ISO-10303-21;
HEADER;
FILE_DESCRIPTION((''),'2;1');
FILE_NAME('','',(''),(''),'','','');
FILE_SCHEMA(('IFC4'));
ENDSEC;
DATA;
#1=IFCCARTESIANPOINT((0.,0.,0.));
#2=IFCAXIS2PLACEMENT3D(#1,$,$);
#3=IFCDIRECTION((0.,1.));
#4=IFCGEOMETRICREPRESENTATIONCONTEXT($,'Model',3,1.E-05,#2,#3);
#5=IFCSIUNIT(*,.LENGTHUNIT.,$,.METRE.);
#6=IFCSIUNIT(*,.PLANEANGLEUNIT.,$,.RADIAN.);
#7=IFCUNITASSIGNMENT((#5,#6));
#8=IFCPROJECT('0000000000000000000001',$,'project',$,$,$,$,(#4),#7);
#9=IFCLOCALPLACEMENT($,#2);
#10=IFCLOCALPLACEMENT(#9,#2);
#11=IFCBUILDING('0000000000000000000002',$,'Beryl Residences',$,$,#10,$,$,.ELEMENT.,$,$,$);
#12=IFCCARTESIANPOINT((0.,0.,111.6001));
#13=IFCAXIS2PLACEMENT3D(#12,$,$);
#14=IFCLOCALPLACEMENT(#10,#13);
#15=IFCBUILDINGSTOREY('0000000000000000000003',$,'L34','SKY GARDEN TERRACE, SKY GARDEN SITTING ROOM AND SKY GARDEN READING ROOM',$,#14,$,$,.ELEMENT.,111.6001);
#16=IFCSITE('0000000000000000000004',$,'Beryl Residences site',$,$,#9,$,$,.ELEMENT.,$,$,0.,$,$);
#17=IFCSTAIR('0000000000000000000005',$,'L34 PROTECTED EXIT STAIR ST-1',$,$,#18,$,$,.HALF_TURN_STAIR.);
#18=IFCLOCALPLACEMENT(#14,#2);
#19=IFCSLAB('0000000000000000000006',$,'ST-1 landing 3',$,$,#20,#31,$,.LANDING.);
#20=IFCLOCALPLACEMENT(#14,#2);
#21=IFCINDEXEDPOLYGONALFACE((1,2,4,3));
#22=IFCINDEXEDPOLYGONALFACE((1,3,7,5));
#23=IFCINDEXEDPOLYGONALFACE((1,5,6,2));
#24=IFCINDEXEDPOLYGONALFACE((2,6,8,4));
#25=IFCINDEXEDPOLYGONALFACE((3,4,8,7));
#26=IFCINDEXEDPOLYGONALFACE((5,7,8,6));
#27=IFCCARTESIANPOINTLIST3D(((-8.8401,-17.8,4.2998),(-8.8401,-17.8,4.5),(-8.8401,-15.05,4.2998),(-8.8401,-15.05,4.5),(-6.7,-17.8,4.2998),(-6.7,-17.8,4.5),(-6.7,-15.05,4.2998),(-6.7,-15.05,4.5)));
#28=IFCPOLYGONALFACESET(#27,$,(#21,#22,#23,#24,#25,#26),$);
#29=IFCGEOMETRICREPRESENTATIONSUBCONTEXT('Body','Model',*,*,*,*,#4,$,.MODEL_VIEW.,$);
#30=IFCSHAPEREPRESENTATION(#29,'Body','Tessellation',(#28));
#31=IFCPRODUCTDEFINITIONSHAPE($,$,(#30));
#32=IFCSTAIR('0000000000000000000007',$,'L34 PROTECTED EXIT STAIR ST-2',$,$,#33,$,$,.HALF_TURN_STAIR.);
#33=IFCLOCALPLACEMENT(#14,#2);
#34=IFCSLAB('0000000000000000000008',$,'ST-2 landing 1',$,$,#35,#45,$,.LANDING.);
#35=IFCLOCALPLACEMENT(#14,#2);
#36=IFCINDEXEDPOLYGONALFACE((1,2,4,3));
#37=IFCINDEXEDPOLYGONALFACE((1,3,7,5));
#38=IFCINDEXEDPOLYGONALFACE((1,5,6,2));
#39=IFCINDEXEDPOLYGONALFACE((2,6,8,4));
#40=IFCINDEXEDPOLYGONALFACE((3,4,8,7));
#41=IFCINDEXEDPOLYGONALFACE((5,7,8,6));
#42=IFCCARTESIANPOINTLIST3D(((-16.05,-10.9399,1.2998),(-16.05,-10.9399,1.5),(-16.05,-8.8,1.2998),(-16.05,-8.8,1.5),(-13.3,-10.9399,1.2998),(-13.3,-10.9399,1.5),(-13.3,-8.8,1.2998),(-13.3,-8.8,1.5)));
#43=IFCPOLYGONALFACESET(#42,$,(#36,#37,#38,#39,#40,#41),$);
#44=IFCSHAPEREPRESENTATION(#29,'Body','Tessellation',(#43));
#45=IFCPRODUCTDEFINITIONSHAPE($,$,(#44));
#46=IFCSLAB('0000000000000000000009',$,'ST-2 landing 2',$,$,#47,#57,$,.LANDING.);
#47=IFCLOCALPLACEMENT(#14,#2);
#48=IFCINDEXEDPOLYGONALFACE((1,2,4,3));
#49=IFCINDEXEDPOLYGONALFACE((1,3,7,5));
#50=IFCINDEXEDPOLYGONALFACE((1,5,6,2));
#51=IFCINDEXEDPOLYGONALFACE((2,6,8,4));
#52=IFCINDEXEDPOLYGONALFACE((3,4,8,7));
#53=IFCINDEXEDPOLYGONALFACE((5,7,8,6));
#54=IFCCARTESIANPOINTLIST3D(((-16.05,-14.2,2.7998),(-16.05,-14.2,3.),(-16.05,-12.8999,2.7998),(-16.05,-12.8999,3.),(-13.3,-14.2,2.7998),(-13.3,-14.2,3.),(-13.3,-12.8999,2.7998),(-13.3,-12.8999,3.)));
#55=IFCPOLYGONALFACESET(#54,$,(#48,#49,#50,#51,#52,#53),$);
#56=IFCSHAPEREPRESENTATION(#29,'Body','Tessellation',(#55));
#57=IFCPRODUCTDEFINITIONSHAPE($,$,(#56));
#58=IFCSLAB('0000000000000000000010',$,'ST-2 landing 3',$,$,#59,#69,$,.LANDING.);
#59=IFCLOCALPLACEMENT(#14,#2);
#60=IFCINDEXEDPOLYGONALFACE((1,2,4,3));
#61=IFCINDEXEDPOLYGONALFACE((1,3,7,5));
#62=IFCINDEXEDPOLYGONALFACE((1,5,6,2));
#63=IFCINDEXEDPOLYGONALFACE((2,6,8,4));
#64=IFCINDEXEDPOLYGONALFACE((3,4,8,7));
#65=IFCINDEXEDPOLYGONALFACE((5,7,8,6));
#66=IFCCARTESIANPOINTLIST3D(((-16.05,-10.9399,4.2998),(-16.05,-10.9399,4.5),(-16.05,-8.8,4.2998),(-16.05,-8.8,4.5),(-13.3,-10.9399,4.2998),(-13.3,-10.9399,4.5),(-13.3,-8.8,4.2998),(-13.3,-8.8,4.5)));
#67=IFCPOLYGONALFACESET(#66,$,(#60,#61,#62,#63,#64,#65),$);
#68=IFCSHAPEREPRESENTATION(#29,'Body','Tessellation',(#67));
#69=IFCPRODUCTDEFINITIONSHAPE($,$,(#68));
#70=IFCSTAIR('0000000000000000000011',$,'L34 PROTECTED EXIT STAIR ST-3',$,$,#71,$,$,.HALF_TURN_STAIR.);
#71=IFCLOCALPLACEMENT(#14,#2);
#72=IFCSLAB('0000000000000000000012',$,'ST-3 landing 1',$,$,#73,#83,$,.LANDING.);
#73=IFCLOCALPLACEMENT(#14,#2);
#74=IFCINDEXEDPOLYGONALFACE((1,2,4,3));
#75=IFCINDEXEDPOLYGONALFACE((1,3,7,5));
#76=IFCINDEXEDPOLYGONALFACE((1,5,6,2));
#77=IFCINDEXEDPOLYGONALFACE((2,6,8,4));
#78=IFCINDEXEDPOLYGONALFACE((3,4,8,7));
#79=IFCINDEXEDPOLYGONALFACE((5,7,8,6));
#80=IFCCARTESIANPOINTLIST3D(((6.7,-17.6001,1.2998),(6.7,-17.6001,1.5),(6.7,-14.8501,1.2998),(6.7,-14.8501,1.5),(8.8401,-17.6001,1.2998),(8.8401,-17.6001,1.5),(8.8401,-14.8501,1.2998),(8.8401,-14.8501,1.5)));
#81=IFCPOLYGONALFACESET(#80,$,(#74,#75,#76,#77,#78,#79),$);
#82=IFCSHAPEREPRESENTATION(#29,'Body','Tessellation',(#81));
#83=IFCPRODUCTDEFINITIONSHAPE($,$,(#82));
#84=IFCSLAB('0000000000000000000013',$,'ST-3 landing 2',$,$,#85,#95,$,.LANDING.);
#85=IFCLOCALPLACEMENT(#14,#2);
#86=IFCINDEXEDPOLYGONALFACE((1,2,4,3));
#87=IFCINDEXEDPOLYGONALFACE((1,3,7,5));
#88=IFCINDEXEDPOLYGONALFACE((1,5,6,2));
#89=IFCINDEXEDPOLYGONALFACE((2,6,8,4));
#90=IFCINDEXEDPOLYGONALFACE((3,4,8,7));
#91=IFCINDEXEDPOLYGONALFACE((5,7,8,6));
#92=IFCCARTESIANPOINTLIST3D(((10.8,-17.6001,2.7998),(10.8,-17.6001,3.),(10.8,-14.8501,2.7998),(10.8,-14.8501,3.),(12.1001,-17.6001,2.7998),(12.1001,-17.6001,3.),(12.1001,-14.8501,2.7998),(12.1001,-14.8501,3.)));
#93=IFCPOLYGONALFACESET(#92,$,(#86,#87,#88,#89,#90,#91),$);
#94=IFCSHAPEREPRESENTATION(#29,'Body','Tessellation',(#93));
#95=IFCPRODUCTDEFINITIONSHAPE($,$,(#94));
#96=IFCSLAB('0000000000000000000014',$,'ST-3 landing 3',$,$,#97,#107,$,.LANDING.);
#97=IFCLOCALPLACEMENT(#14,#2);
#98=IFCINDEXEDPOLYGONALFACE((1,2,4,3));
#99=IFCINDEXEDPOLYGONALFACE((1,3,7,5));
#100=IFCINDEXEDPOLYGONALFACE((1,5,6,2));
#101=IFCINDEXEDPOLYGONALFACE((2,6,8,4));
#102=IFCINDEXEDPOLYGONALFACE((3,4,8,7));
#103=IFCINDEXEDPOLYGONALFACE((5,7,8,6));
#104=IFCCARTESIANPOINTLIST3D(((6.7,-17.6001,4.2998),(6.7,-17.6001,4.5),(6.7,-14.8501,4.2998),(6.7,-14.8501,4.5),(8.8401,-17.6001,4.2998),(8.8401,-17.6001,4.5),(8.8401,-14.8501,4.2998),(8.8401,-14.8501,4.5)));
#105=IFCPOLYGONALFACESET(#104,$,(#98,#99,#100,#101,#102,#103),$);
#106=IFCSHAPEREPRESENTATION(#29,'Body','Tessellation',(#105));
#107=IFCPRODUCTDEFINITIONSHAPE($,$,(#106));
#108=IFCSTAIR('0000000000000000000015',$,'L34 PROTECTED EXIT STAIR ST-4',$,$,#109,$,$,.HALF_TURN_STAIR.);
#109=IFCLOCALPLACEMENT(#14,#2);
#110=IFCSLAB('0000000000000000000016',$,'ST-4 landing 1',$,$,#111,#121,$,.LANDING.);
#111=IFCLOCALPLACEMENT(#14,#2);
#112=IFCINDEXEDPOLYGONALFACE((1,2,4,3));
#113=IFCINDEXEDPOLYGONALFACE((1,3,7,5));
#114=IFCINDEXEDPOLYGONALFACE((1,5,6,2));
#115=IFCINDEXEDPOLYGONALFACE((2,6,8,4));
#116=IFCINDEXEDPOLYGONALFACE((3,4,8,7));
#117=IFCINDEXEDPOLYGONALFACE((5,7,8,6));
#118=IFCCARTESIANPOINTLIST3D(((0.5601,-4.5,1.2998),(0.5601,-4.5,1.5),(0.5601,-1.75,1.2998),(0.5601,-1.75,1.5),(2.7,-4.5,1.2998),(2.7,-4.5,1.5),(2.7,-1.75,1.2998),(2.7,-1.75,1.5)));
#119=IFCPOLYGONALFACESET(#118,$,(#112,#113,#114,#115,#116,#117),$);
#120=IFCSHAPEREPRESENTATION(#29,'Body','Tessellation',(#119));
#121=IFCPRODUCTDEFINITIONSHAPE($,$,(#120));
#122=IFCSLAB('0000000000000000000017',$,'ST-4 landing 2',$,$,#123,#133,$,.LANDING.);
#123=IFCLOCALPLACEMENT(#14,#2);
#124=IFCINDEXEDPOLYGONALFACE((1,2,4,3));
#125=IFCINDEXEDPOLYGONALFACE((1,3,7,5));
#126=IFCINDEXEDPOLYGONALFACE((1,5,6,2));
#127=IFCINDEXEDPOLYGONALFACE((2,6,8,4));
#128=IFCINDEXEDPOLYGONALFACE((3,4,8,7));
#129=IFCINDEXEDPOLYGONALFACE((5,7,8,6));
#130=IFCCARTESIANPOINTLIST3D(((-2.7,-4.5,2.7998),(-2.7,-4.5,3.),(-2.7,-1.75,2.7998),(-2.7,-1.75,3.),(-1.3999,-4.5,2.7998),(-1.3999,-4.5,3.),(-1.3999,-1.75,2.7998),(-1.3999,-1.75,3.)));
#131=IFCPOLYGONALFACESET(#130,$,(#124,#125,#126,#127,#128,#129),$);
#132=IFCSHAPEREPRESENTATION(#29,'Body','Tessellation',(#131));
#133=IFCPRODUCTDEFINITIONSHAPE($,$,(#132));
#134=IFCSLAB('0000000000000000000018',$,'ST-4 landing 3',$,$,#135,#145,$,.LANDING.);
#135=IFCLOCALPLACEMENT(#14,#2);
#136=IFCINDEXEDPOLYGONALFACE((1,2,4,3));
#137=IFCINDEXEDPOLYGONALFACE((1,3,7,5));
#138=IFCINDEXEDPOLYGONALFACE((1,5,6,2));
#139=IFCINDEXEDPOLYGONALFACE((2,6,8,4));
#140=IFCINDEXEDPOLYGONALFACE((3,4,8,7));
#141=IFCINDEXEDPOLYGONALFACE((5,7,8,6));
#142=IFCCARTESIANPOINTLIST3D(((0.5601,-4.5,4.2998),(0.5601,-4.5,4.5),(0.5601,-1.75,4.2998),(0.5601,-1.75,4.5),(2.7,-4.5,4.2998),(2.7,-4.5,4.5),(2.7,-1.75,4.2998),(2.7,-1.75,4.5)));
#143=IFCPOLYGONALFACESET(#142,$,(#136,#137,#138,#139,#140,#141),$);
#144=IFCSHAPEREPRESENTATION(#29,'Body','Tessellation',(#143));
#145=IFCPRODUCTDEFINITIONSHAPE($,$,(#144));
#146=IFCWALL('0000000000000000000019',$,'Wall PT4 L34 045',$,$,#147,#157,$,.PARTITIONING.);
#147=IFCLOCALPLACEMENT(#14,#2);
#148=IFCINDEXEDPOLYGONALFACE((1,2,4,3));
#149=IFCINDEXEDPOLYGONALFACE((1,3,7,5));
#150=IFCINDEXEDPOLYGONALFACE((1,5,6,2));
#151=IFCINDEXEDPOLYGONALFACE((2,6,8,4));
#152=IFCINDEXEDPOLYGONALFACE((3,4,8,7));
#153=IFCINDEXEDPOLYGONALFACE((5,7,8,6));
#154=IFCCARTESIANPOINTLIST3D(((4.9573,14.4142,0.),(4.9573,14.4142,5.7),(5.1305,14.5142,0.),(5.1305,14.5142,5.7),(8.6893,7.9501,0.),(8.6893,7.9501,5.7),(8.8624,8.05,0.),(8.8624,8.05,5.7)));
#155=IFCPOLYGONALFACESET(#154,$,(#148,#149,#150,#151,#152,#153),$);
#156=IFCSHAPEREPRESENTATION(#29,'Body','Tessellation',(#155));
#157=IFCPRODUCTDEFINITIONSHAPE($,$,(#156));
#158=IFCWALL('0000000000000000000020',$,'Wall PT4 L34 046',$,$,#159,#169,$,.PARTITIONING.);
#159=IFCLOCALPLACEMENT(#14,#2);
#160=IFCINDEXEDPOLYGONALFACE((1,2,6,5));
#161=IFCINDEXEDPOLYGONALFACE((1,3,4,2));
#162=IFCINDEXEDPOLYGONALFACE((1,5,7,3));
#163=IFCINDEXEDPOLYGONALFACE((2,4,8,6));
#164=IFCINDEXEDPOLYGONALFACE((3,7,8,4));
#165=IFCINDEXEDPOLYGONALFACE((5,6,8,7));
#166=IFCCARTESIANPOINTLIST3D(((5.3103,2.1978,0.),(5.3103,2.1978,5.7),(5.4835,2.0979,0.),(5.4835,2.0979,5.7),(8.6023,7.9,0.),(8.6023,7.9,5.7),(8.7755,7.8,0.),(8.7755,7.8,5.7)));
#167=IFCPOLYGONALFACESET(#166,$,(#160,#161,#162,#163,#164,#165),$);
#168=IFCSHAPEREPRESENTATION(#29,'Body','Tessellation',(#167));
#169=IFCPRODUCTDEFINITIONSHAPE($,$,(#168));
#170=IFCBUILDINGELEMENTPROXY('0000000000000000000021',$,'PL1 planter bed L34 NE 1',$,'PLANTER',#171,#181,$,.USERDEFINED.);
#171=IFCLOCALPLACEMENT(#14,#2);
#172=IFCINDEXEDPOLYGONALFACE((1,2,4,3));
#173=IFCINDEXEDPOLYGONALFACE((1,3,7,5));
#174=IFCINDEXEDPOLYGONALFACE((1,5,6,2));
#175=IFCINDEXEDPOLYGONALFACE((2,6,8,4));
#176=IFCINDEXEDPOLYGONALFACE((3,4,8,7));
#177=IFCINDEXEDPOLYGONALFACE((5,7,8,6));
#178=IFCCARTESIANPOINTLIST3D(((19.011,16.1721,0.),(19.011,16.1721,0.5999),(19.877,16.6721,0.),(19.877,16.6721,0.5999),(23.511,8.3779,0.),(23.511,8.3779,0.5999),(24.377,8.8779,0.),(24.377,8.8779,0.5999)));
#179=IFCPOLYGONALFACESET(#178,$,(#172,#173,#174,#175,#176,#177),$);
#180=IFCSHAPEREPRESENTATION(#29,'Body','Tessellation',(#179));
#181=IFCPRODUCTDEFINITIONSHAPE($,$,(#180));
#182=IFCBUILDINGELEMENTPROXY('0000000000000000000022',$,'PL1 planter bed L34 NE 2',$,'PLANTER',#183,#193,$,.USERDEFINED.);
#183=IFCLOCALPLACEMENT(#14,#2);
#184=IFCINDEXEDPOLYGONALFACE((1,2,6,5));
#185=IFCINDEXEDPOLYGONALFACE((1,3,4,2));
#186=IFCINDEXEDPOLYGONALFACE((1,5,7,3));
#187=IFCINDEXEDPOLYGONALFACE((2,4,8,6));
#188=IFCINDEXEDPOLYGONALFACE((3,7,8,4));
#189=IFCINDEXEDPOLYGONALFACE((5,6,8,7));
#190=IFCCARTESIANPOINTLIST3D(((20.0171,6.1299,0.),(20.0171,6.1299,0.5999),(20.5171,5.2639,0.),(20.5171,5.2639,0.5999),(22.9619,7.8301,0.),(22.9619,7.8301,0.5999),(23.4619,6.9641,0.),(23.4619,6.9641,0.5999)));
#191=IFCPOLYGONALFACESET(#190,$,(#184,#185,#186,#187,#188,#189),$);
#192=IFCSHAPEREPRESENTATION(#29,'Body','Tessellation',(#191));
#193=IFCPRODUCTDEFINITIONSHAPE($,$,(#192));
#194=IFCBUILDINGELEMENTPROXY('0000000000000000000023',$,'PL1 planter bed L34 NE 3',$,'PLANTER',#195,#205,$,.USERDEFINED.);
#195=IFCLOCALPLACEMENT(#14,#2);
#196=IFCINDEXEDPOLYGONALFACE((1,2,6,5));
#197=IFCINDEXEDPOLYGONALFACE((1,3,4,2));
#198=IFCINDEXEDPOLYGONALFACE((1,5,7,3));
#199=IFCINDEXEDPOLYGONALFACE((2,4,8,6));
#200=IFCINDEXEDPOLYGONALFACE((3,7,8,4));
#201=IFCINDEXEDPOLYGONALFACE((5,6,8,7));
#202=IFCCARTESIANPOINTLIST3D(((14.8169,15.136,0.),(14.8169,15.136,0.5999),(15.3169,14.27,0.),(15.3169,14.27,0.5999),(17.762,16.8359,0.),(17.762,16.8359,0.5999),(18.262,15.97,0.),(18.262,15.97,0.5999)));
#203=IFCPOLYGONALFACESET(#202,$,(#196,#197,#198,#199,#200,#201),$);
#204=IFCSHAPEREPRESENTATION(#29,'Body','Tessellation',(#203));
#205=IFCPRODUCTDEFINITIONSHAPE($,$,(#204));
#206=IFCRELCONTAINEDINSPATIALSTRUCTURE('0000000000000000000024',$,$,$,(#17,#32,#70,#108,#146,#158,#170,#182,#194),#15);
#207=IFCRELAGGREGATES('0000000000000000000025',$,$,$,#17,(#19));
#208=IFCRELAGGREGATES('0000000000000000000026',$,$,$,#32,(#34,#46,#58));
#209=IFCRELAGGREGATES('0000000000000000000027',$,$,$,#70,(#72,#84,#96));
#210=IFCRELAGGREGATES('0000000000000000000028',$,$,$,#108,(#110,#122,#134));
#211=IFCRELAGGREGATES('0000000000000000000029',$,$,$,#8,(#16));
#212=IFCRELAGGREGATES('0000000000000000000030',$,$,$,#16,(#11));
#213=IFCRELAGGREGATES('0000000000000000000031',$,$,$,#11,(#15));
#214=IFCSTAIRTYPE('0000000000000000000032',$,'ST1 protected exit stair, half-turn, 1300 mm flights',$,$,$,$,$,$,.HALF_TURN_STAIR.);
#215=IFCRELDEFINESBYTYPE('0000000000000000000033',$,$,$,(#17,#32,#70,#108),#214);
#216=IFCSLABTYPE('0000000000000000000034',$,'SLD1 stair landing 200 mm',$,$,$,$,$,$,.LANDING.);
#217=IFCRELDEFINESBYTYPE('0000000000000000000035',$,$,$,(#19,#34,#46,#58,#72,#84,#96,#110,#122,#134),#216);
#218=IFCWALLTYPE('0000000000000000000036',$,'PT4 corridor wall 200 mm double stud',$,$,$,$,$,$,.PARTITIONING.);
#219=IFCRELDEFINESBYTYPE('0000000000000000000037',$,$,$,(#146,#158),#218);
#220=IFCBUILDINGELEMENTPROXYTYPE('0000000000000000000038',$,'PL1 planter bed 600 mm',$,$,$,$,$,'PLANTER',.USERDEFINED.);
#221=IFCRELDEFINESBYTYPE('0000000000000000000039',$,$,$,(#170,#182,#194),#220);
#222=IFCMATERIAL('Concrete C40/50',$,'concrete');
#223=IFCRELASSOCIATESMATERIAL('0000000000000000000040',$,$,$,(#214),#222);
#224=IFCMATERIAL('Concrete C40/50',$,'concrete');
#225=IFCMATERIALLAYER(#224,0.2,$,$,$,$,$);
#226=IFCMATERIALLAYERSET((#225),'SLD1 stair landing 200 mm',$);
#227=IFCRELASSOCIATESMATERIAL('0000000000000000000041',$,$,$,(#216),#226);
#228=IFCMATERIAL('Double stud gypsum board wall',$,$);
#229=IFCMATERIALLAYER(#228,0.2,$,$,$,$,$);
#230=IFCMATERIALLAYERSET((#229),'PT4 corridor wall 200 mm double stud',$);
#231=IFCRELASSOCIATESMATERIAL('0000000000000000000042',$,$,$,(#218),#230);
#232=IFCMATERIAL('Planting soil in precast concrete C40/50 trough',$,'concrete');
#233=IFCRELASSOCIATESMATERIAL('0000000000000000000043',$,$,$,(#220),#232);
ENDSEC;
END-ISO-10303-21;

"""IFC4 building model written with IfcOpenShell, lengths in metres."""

from ifc_helpers import new_model, si_unit, direction, frame, frame_2d, origin, place, context, subcontext, project, spatial, polyline, rectangle, outline, extrude, material, layer, layer_set, type_object, element, aggregate, save


model = new_model("IFC4")

# Units and contexts
model_context = context("Model", 3, precision=1e-05, world=origin(), true_north=direction((0.0, 1.0)))
body_context = subcontext(model_context, "Body", "Model", "MODEL_VIEW")
ifc_project = project(units=[si_unit("LENGTHUNIT", "METRE"), si_unit("PLANEANGLEUNIT", "RADIAN")], contexts=[model_context])

# Site, building, storey
site_placement = place(None, origin())
site = spatial("IfcSite", under=ifc_project, at=site_placement, Name="Beryl Residences site", CompositionType="ELEMENT", RefElevation=0.0)
building_placement = place(site_placement, origin())
building = spatial("IfcBuilding", under=site, at=building_placement, Name="Beryl Residences", CompositionType="ELEMENT")
storey_placement = place(building_placement, frame((0.0, 0.0, 111.6001)))
storey = spatial("IfcBuildingStorey", under=building, at=storey_placement, Name="L34", Description="SKY GARDEN TERRACE, SKY GARDEN SITTING ROOM AND SKY GARDEN READING ROOM", CompositionType="ELEMENT", Elevation=111.6001)

# Stairs, slabs
ifc_material_1 = material(Name="Concrete C40/50", Category="concrete")
stair_type = type_object("IfcStairType", Name="ST1 protected exit stair, half-turn, 1300 mm flights", PredefinedType="HALF_TURN_STAIR", material=ifc_material_1)
stair_1_placement = place(storey_placement, origin())
stair_1 = element("IfcStair", 1, at=stair_1_placement, inside=storey, type_object=stair_type, Name="L34 PROTECTED EXIT STAIR ST-1", PredefinedType="HALF_TURN_STAIR")
ifc_material_2 = material(Name="Concrete C40/50", Category="concrete")
ifc_layer_1 = layer(ifc_material_2, 0.2)
ifc_layer_set_1 = layer_set([ifc_layer_1], Name="SLD1 stair landing 200 mm")
slab_type = type_object("IfcSlabType", Name="SLD1 stair landing 200 mm", PredefinedType="LANDING", material=ifc_layer_set_1)
slab_1_placement = place(storey_placement, frame((0.0, 0.0, 4.2998)))
slab_1 = element("IfcSlab", 2, at=slab_1_placement, type_object=slab_type, Name="ST-1 landing 3", PredefinedType="LANDING", context=body_context, shape_type="SweptSolid", body=[
    extrude(outline(polyline([(-8.8401, -17.8), (-6.7, -17.8), (-6.7, -15.05), (-8.8401, -15.05), (-8.8401, -17.8)])), origin(), (0.0, 0.0, 1.0), 0.2002),
])
aggregate(stair_1, [slab_1])
stair_2_placement = place(storey_placement, origin())
stair_2 = element("IfcStair", 3, at=stair_2_placement, inside=storey, type_object=stair_type, Name="L34 PROTECTED EXIT STAIR ST-2", PredefinedType="HALF_TURN_STAIR")
slab_2_placement = place(storey_placement, frame((0.0, 0.0, 1.2998)))
slab_2 = element("IfcSlab", 4, at=slab_2_placement, type_object=slab_type, Name="ST-2 landing 1", PredefinedType="LANDING", context=body_context, shape_type="SweptSolid", body=[
    extrude(outline(polyline([(-13.3, -10.9399), (-13.3, -8.8), (-16.05, -8.8), (-16.05, -10.9399), (-13.3, -10.9399)])), origin(), (0.0, 0.0, 1.0), 0.2002),
])
slab_3_placement = place(storey_placement, frame((0.0, 0.0, 2.7998)))
slab_3 = element("IfcSlab", 5, at=slab_3_placement, type_object=slab_type, Name="ST-2 landing 2", PredefinedType="LANDING", context=body_context, shape_type="SweptSolid", body=[
    extrude(outline(polyline([(-13.3, -14.2), (-13.3, -12.8999), (-16.05, -12.8999), (-16.05, -14.2), (-13.3, -14.2)])), origin(), (0.0, 0.0, 1.0), 0.2002),
])
slab_4_placement = place(storey_placement, frame((0.0, 0.0, 4.2998)))
slab_4 = element("IfcSlab", 6, at=slab_4_placement, type_object=slab_type, Name="ST-2 landing 3", PredefinedType="LANDING", context=body_context, shape_type="SweptSolid", body=[
    extrude(outline(polyline([(-13.3, -10.9399), (-13.3, -8.8), (-16.05, -8.8), (-16.05, -10.9399), (-13.3, -10.9399)])), origin(), (0.0, 0.0, 1.0), 0.2002),
])
aggregate(stair_2, [slab_2, slab_3, slab_4])
stair_3_placement = place(storey_placement, origin())
stair_3 = element("IfcStair", 7, at=stair_3_placement, inside=storey, type_object=stair_type, Name="L34 PROTECTED EXIT STAIR ST-3", PredefinedType="HALF_TURN_STAIR")
slab_5_placement = place(storey_placement, frame((0.0, 0.0, 1.2998)))
slab_5 = element("IfcSlab", 8, at=slab_5_placement, type_object=slab_type, Name="ST-3 landing 1", PredefinedType="LANDING", context=body_context, shape_type="SweptSolid", body=[
    extrude(outline(polyline([(8.8401, -14.8501), (6.7, -14.8501), (6.7, -17.6001), (8.8401, -17.6001), (8.8401, -14.8501)])), origin(), (0.0, 0.0, 1.0), 0.2002),
])
slab_6_placement = place(storey_placement, frame((0.0, 0.0, 2.7998)))
slab_6 = element("IfcSlab", 9, at=slab_6_placement, type_object=slab_type, Name="ST-3 landing 2", PredefinedType="LANDING", context=body_context, shape_type="SweptSolid", body=[
    extrude(outline(polyline([(12.1001, -14.8501), (10.8, -14.8501), (10.8, -17.6001), (12.1001, -17.6001), (12.1001, -14.8501)])), origin(), (0.0, 0.0, 1.0), 0.2002),
])
slab_7_placement = place(storey_placement, frame((0.0, 0.0, 4.2998)))
slab_7 = element("IfcSlab", 10, at=slab_7_placement, type_object=slab_type, Name="ST-3 landing 3", PredefinedType="LANDING", context=body_context, shape_type="SweptSolid", body=[
    extrude(outline(polyline([(8.8401, -14.8501), (6.7, -14.8501), (6.7, -17.6001), (8.8401, -17.6001), (8.8401, -14.8501)])), origin(), (0.0, 0.0, 1.0), 0.2002),
])
aggregate(stair_3, [slab_5, slab_6, slab_7])
stair_4_placement = place(storey_placement, origin())
stair_4 = element("IfcStair", 11, at=stair_4_placement, inside=storey, type_object=stair_type, Name="L34 PROTECTED EXIT STAIR ST-4", PredefinedType="HALF_TURN_STAIR")
slab_8_placement = place(storey_placement, frame((0.0, 0.0, 1.2998)))
slab_8 = element("IfcSlab", 12, at=slab_8_placement, type_object=slab_type, Name="ST-4 landing 1", PredefinedType="LANDING", context=body_context, shape_type="SweptSolid", body=[
    extrude(outline(polyline([(0.5601, -4.5), (2.7, -4.5), (2.7, -1.75), (0.5601, -1.75), (0.5601, -4.5)])), origin(), (0.0, 0.0, 1.0), 0.2002),
])
slab_9_placement = place(storey_placement, frame((0.0, 0.0, 2.7998)))
slab_9 = element("IfcSlab", 13, at=slab_9_placement, type_object=slab_type, Name="ST-4 landing 2", PredefinedType="LANDING", context=body_context, shape_type="SweptSolid", body=[
    extrude(outline(polyline([(-2.7, -4.5), (-1.3999, -4.5), (-1.3999, -1.75), (-2.7, -1.75), (-2.7, -4.5)])), origin(), (0.0, 0.0, 1.0), 0.2002),
])
slab_10_placement = place(storey_placement, frame((0.0, 0.0, 4.2998)))
slab_10 = element("IfcSlab", 14, at=slab_10_placement, type_object=slab_type, Name="ST-4 landing 3", PredefinedType="LANDING", context=body_context, shape_type="SweptSolid", body=[
    extrude(outline(polyline([(0.5601, -4.5), (2.7, -4.5), (2.7, -1.75), (0.5601, -1.75), (0.5601, -4.5)])), origin(), (0.0, 0.0, 1.0), 0.2002),
])
aggregate(stair_4, [slab_8, slab_9, slab_10])

# Walls
ifc_material_3 = material(Name="Double stud gypsum board wall")
ifc_layer_2 = layer(ifc_material_3, 0.2)
ifc_layer_set_2 = layer_set([ifc_layer_2], Name="PT4 corridor wall 200 mm double stud")
wall_type = type_object("IfcWallType", Name="PT4 corridor wall 200 mm double stud", PredefinedType="PARTITIONING", material=ifc_layer_set_2)
wall_1_placement = place(storey_placement, frame((5.0439, 14.4641, 0.0), z_axis=(0.0, 0.0, 1.0), x_axis=(0.499988, -0.866033, 0.0)))
element("IfcWall", 15, at=wall_1_placement, inside=storey, type_object=wall_type, Name="Wall PT4 L34 045", PredefinedType="PARTITIONING", context=body_context, shape_type="SweptSolid", body=[
    extrude(rectangle(XDim=7.4641, YDim=0.2, at=frame_2d((3.7319, 0.0))), origin(), (0.0, 0.0, 1.0), 5.7),
])
wall_2_placement = place(storey_placement, frame((5.397, 2.1479, 0.0), z_axis=(0.0, 0.0, 1.0), x_axis=(0.499984, 0.866035, 0.0)))
element("IfcWall", 16, at=wall_2_placement, inside=storey, type_object=wall_type, Name="Wall PT4 L34 046", PredefinedType="PARTITIONING", context=body_context, shape_type="SweptSolid", body=[
    extrude(rectangle(XDim=6.5842, YDim=0.2, at=frame_2d((3.292, 0.0))), origin(), (0.0, 0.0, 1.0), 5.7),
])

# Building element proxies
ifc_material_4 = material(Name="Planting soil in precast concrete C40/50 trough", Category="concrete")
building_element_proxy_type_1 = type_object("IfcBuildingElementProxyType", Name="PL1 planter bed 600 mm", ElementType="PLANTER", PredefinedType="USERDEFINED", material=ifc_material_4)
proxy_1_placement = place(storey_placement, origin())
element("IfcBuildingElementProxy", 17, at=proxy_1_placement, inside=storey, type_object=building_element_proxy_type_1, Name="PL1 planter bed L34 NE 1", ObjectType="PLANTER", PredefinedType="USERDEFINED", context=body_context, shape_type="SweptSolid", body=[
    extrude(outline(polyline([(24.377, 8.8779), (19.877, 16.6721), (19.011, 16.1721), (23.511, 8.3779), (24.377, 8.8779)])), origin(), (0.0, 0.0, 1.0), 0.5999),
])
proxy_2_placement = place(storey_placement, origin())
element("IfcBuildingElementProxy", 18, at=proxy_2_placement, inside=storey, type_object=building_element_proxy_type_1, Name="PL1 planter bed L34 NE 2", ObjectType="PLANTER", PredefinedType="USERDEFINED", context=body_context, shape_type="SweptSolid", body=[
    extrude(outline(polyline([(23.4619, 6.9641), (22.9619, 7.8301), (20.0171, 6.1299), (20.5171, 5.2639), (23.4619, 6.9641)])), origin(), (0.0, 0.0, 1.0), 0.5999),
])
proxy_3_placement = place(storey_placement, origin())
element("IfcBuildingElementProxy", 19, at=proxy_3_placement, inside=storey, type_object=building_element_proxy_type_1, Name="PL1 planter bed L34 NE 3", ObjectType="PLANTER", PredefinedType="USERDEFINED", context=body_context, shape_type="SweptSolid", body=[
    extrude(outline(polyline([(18.262, 15.97), (17.762, 16.8359), (14.8169, 15.136), (15.3169, 14.27), (18.262, 15.97)])), origin(), (0.0, 0.0, 1.0), 0.5999),
])

save(model, "model.ifc")
